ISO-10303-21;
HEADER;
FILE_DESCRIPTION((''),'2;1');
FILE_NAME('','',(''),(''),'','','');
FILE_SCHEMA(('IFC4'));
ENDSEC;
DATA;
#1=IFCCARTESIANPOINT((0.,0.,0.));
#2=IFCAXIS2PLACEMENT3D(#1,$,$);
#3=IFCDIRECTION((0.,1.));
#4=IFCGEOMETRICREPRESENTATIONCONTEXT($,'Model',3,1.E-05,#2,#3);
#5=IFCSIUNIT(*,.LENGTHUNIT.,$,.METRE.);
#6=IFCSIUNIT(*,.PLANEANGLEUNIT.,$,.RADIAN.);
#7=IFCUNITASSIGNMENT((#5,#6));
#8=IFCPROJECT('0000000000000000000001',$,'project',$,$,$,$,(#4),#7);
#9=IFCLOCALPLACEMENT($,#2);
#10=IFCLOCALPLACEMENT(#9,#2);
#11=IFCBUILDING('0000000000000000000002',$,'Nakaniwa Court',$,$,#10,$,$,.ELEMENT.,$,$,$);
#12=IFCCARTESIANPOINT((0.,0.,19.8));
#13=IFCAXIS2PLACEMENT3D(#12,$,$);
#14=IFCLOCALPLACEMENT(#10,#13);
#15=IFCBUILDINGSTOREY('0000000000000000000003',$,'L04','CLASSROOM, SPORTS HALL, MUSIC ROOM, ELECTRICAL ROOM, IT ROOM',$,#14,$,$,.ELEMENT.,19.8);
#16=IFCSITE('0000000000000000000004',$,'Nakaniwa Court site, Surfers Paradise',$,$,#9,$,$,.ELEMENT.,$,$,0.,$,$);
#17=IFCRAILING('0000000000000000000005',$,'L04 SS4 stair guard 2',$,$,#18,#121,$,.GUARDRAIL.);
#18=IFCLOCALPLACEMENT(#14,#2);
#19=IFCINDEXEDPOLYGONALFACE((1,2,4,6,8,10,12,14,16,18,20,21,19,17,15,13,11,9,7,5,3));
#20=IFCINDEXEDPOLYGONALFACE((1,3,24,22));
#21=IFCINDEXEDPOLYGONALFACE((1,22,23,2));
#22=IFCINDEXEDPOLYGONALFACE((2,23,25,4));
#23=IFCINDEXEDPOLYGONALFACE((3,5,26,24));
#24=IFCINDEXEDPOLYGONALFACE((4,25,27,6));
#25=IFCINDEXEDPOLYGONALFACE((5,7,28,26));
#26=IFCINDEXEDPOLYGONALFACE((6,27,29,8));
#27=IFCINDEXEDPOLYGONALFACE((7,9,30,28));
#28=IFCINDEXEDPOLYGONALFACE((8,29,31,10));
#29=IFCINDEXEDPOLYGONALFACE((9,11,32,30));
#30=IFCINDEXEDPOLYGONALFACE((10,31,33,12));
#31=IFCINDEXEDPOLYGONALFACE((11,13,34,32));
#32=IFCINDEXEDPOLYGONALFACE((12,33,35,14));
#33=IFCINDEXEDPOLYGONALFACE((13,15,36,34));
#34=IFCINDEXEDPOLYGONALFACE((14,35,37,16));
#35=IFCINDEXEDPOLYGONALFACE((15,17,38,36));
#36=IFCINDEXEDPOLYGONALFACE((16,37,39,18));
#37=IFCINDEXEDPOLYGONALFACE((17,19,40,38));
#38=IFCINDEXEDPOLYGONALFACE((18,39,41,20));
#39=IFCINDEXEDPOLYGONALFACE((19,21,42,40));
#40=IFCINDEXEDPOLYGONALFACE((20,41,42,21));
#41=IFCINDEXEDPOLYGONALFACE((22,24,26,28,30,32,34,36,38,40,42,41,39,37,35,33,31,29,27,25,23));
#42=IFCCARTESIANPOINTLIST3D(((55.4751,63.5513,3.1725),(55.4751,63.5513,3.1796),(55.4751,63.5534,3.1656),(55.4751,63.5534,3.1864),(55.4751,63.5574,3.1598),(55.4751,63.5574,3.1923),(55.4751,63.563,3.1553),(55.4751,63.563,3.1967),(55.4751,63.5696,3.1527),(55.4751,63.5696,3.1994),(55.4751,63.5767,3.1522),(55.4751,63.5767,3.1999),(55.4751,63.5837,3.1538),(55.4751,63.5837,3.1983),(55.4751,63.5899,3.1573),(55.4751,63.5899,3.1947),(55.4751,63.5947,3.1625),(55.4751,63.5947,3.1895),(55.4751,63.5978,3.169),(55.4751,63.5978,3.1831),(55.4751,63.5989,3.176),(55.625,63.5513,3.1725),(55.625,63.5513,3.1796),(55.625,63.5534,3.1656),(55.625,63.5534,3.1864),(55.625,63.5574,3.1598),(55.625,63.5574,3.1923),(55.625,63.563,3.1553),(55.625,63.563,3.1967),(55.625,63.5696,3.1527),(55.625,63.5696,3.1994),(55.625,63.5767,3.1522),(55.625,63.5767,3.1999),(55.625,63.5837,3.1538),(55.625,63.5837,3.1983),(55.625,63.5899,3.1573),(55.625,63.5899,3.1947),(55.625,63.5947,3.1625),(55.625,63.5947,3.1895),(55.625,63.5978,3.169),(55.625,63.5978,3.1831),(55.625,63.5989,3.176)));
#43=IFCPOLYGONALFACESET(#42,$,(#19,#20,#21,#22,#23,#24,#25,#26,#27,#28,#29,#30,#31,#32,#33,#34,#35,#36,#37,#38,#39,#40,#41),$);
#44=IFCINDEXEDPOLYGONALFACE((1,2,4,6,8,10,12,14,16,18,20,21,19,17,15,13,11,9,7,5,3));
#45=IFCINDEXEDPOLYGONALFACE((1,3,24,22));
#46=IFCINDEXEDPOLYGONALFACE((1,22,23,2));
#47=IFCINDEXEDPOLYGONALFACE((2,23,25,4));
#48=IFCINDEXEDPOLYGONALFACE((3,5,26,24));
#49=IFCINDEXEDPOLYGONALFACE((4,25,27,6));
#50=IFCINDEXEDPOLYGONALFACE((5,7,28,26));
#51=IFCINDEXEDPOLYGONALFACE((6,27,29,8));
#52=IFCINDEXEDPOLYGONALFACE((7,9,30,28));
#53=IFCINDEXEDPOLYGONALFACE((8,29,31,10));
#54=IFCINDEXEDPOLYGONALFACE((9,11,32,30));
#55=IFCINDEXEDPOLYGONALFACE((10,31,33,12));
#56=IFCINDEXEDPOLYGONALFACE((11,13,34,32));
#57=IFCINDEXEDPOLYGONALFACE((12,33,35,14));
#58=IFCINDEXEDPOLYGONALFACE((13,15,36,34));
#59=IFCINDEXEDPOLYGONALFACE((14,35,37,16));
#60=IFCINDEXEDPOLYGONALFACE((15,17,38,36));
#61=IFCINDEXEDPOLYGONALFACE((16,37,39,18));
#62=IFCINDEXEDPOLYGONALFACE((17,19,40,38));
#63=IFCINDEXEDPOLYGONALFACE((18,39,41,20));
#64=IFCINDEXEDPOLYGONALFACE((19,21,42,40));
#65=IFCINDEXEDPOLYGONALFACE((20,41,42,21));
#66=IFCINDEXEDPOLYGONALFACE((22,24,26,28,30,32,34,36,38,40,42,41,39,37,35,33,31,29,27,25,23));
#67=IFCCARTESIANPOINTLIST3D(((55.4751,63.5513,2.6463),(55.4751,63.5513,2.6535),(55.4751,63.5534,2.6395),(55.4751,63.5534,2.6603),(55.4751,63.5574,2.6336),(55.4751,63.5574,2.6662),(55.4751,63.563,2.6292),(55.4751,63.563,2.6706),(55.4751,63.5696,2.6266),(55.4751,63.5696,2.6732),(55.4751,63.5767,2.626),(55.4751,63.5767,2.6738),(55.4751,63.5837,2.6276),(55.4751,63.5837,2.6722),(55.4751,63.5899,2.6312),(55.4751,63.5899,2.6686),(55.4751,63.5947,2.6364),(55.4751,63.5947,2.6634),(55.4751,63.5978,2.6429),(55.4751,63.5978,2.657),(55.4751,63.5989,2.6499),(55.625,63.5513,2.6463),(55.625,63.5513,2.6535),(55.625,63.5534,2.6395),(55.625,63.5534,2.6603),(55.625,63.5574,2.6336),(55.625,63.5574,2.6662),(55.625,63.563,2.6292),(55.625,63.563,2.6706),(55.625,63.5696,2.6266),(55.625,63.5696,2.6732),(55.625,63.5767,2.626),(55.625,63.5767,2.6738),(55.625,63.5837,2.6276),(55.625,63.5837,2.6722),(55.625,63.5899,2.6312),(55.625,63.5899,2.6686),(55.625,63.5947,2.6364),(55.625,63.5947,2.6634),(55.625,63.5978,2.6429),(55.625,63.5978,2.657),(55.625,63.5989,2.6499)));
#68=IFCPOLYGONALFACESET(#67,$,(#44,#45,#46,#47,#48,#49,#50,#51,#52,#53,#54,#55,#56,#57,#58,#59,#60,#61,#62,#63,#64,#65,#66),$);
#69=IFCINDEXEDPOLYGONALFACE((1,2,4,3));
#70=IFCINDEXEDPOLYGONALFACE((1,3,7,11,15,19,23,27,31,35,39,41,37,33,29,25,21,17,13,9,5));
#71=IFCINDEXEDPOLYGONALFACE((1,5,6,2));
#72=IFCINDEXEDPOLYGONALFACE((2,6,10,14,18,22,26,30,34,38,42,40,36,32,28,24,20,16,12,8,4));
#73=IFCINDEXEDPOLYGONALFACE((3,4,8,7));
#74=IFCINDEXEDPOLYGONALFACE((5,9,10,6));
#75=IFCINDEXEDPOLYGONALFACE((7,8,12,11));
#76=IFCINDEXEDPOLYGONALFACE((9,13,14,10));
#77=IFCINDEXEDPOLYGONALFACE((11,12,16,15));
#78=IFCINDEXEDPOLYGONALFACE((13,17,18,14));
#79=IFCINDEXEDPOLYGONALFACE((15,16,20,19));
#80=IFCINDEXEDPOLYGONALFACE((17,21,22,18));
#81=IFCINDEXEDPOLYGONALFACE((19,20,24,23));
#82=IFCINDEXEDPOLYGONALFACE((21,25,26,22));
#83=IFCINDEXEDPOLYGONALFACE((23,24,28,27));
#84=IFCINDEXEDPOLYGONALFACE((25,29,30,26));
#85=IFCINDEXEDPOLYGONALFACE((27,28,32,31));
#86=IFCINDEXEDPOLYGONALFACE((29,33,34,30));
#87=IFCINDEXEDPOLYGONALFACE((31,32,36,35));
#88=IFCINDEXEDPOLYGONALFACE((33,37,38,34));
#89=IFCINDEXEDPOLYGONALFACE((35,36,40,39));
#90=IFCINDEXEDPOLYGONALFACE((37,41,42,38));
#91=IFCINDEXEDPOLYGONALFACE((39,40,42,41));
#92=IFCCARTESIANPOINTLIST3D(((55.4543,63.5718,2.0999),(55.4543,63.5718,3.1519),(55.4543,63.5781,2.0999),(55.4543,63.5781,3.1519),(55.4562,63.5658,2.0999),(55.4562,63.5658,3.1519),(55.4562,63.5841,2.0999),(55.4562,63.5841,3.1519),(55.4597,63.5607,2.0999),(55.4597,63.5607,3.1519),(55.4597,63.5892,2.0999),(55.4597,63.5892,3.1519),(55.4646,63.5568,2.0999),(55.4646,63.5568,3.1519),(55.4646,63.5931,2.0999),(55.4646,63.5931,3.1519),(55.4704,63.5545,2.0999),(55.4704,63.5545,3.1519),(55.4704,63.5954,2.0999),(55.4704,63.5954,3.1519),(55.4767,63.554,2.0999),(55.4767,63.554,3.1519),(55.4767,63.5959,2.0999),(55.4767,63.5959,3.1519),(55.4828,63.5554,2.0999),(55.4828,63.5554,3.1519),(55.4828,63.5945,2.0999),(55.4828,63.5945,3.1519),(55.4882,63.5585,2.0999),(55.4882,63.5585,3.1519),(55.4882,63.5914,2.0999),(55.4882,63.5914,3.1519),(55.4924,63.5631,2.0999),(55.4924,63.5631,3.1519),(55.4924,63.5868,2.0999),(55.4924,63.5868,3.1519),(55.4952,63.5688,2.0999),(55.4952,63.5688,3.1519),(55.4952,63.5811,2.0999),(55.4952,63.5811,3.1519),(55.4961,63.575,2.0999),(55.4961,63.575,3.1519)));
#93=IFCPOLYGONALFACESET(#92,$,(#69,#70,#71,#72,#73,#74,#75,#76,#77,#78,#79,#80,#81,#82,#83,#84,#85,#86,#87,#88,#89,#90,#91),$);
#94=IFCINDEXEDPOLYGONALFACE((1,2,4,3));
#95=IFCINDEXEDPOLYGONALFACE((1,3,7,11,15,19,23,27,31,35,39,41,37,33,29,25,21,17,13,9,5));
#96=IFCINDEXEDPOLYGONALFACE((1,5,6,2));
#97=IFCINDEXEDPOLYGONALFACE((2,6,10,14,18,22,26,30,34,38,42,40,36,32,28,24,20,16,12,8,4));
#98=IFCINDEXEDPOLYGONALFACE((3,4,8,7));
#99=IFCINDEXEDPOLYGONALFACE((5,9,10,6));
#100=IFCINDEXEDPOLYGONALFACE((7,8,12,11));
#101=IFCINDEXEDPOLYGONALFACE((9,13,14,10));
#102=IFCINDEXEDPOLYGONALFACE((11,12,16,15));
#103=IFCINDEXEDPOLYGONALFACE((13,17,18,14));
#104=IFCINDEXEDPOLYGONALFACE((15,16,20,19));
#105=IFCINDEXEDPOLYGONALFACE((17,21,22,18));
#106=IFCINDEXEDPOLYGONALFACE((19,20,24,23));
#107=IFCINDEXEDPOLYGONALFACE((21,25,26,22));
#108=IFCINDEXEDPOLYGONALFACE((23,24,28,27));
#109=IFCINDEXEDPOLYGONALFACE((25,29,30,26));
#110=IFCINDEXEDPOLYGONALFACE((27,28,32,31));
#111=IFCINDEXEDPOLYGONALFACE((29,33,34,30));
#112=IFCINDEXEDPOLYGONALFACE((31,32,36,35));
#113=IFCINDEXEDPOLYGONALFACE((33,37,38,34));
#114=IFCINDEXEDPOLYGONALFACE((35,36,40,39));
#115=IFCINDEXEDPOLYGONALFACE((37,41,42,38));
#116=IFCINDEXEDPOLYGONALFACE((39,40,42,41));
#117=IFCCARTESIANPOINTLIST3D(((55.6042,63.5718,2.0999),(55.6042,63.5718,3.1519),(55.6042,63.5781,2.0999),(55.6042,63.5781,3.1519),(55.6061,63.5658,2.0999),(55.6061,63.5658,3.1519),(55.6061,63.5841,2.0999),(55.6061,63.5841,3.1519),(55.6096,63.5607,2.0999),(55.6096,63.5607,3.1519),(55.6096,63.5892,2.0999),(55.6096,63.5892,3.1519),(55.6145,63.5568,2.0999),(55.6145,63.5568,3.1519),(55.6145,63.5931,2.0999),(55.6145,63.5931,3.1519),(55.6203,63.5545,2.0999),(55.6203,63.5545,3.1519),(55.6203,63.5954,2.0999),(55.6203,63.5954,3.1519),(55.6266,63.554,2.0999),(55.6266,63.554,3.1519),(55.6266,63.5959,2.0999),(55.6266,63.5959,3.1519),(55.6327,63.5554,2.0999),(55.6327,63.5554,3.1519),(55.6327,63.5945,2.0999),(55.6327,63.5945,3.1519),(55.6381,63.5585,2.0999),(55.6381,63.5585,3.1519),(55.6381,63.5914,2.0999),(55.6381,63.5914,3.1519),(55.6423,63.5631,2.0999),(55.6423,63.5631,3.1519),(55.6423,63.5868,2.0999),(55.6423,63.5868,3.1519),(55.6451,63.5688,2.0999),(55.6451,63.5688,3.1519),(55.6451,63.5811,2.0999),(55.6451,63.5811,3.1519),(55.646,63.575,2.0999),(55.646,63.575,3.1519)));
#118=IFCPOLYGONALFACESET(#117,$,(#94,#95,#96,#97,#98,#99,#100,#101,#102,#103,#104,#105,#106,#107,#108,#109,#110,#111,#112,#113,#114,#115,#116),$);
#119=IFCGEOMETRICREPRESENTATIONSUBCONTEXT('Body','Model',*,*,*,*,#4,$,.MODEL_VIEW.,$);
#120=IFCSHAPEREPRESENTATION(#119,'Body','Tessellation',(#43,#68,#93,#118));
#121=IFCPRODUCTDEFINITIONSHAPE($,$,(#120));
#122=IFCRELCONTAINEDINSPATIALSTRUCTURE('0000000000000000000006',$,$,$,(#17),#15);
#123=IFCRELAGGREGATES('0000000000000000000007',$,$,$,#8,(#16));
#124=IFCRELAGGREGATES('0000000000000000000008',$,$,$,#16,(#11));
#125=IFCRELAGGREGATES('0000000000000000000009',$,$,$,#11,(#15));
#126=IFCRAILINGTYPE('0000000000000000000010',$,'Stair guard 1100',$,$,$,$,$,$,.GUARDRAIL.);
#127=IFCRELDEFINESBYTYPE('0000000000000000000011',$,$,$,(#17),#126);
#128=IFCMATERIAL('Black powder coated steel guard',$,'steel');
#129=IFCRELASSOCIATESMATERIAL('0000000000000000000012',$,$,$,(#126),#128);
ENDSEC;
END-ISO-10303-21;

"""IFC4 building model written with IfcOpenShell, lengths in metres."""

from ifc_helpers import new_model, si_unit, direction, frame, origin, origin_2d, place, context, subcontext, project, spatial, circle, extrude, material, type_object, element, save


model = new_model("IFC4")

# Units and contexts
model_context = context("Model", 3, precision=1e-05, world=origin(), true_north=direction((0.0, 1.0)))
body_context = subcontext(model_context, "Body", "Model", "MODEL_VIEW")
ifc_project = project(units=[si_unit("LENGTHUNIT", "METRE"), si_unit("PLANEANGLEUNIT", "RADIAN")], contexts=[model_context])

# Site, building, storey
site_placement = place(None, origin())
site = spatial("IfcSite", under=ifc_project, at=site_placement, Name="Nakaniwa Court site, Surfers Paradise", CompositionType="ELEMENT", RefElevation=0.0)
building_placement = place(site_placement, origin())
building = spatial("IfcBuilding", under=site, at=building_placement, Name="Nakaniwa Court", CompositionType="ELEMENT")
storey_placement = place(building_placement, frame((0.0, 0.0, 19.8)))
storey = spatial("IfcBuildingStorey", under=building, at=storey_placement, Name="L04", Description="CLASSROOM, SPORTS HALL, MUSIC ROOM, ELECTRICAL ROOM, IT ROOM", CompositionType="ELEMENT", Elevation=19.8)

# Railing
ifc_material_1 = material(Name="Black powder coated steel guard", Category="steel")
railing_type_1 = type_object("IfcRailingType", Name="Stair guard 1100", PredefinedType="GUARDRAIL", material=ifc_material_1)
railing_1_placement = place(storey_placement, frame((55.4751, 63.575, 2.0999)))
element("IfcRailing", 1, at=railing_1_placement, inside=storey, type_object=railing_type_1, Name="L04 SS4 stair guard 2", PredefinedType="GUARDRAIL", context=body_context, shape_type="SweptSolid", body=[
    extrude(circle(Radius=0.0239, at=origin_2d()), frame((0.0, 0.0, 1.0762), z_axis=(1.0, 0.0, 0.0), x_axis=(0.0, 1.0, 0.0)), (0.0, 0.0, 1.0), 0.1499),
    extrude(circle(Radius=0.0239, at=origin_2d()), frame((0.0, 0.0, 0.55), z_axis=(1.0, 0.0, 0.0), x_axis=(0.0, 1.0, 0.0)), (0.0, 0.0, 1.0), 0.1499),
    extrude(circle(Radius=0.021, at=origin_2d()), origin(), (0.0, 0.0, 1.0), 1.052),
    extrude(circle(Radius=0.021, at=origin_2d()), frame((0.1499, 0.0, 0.0)), (0.0, 0.0, 1.0), 1.052),
])

save(model, "model.ifc")
